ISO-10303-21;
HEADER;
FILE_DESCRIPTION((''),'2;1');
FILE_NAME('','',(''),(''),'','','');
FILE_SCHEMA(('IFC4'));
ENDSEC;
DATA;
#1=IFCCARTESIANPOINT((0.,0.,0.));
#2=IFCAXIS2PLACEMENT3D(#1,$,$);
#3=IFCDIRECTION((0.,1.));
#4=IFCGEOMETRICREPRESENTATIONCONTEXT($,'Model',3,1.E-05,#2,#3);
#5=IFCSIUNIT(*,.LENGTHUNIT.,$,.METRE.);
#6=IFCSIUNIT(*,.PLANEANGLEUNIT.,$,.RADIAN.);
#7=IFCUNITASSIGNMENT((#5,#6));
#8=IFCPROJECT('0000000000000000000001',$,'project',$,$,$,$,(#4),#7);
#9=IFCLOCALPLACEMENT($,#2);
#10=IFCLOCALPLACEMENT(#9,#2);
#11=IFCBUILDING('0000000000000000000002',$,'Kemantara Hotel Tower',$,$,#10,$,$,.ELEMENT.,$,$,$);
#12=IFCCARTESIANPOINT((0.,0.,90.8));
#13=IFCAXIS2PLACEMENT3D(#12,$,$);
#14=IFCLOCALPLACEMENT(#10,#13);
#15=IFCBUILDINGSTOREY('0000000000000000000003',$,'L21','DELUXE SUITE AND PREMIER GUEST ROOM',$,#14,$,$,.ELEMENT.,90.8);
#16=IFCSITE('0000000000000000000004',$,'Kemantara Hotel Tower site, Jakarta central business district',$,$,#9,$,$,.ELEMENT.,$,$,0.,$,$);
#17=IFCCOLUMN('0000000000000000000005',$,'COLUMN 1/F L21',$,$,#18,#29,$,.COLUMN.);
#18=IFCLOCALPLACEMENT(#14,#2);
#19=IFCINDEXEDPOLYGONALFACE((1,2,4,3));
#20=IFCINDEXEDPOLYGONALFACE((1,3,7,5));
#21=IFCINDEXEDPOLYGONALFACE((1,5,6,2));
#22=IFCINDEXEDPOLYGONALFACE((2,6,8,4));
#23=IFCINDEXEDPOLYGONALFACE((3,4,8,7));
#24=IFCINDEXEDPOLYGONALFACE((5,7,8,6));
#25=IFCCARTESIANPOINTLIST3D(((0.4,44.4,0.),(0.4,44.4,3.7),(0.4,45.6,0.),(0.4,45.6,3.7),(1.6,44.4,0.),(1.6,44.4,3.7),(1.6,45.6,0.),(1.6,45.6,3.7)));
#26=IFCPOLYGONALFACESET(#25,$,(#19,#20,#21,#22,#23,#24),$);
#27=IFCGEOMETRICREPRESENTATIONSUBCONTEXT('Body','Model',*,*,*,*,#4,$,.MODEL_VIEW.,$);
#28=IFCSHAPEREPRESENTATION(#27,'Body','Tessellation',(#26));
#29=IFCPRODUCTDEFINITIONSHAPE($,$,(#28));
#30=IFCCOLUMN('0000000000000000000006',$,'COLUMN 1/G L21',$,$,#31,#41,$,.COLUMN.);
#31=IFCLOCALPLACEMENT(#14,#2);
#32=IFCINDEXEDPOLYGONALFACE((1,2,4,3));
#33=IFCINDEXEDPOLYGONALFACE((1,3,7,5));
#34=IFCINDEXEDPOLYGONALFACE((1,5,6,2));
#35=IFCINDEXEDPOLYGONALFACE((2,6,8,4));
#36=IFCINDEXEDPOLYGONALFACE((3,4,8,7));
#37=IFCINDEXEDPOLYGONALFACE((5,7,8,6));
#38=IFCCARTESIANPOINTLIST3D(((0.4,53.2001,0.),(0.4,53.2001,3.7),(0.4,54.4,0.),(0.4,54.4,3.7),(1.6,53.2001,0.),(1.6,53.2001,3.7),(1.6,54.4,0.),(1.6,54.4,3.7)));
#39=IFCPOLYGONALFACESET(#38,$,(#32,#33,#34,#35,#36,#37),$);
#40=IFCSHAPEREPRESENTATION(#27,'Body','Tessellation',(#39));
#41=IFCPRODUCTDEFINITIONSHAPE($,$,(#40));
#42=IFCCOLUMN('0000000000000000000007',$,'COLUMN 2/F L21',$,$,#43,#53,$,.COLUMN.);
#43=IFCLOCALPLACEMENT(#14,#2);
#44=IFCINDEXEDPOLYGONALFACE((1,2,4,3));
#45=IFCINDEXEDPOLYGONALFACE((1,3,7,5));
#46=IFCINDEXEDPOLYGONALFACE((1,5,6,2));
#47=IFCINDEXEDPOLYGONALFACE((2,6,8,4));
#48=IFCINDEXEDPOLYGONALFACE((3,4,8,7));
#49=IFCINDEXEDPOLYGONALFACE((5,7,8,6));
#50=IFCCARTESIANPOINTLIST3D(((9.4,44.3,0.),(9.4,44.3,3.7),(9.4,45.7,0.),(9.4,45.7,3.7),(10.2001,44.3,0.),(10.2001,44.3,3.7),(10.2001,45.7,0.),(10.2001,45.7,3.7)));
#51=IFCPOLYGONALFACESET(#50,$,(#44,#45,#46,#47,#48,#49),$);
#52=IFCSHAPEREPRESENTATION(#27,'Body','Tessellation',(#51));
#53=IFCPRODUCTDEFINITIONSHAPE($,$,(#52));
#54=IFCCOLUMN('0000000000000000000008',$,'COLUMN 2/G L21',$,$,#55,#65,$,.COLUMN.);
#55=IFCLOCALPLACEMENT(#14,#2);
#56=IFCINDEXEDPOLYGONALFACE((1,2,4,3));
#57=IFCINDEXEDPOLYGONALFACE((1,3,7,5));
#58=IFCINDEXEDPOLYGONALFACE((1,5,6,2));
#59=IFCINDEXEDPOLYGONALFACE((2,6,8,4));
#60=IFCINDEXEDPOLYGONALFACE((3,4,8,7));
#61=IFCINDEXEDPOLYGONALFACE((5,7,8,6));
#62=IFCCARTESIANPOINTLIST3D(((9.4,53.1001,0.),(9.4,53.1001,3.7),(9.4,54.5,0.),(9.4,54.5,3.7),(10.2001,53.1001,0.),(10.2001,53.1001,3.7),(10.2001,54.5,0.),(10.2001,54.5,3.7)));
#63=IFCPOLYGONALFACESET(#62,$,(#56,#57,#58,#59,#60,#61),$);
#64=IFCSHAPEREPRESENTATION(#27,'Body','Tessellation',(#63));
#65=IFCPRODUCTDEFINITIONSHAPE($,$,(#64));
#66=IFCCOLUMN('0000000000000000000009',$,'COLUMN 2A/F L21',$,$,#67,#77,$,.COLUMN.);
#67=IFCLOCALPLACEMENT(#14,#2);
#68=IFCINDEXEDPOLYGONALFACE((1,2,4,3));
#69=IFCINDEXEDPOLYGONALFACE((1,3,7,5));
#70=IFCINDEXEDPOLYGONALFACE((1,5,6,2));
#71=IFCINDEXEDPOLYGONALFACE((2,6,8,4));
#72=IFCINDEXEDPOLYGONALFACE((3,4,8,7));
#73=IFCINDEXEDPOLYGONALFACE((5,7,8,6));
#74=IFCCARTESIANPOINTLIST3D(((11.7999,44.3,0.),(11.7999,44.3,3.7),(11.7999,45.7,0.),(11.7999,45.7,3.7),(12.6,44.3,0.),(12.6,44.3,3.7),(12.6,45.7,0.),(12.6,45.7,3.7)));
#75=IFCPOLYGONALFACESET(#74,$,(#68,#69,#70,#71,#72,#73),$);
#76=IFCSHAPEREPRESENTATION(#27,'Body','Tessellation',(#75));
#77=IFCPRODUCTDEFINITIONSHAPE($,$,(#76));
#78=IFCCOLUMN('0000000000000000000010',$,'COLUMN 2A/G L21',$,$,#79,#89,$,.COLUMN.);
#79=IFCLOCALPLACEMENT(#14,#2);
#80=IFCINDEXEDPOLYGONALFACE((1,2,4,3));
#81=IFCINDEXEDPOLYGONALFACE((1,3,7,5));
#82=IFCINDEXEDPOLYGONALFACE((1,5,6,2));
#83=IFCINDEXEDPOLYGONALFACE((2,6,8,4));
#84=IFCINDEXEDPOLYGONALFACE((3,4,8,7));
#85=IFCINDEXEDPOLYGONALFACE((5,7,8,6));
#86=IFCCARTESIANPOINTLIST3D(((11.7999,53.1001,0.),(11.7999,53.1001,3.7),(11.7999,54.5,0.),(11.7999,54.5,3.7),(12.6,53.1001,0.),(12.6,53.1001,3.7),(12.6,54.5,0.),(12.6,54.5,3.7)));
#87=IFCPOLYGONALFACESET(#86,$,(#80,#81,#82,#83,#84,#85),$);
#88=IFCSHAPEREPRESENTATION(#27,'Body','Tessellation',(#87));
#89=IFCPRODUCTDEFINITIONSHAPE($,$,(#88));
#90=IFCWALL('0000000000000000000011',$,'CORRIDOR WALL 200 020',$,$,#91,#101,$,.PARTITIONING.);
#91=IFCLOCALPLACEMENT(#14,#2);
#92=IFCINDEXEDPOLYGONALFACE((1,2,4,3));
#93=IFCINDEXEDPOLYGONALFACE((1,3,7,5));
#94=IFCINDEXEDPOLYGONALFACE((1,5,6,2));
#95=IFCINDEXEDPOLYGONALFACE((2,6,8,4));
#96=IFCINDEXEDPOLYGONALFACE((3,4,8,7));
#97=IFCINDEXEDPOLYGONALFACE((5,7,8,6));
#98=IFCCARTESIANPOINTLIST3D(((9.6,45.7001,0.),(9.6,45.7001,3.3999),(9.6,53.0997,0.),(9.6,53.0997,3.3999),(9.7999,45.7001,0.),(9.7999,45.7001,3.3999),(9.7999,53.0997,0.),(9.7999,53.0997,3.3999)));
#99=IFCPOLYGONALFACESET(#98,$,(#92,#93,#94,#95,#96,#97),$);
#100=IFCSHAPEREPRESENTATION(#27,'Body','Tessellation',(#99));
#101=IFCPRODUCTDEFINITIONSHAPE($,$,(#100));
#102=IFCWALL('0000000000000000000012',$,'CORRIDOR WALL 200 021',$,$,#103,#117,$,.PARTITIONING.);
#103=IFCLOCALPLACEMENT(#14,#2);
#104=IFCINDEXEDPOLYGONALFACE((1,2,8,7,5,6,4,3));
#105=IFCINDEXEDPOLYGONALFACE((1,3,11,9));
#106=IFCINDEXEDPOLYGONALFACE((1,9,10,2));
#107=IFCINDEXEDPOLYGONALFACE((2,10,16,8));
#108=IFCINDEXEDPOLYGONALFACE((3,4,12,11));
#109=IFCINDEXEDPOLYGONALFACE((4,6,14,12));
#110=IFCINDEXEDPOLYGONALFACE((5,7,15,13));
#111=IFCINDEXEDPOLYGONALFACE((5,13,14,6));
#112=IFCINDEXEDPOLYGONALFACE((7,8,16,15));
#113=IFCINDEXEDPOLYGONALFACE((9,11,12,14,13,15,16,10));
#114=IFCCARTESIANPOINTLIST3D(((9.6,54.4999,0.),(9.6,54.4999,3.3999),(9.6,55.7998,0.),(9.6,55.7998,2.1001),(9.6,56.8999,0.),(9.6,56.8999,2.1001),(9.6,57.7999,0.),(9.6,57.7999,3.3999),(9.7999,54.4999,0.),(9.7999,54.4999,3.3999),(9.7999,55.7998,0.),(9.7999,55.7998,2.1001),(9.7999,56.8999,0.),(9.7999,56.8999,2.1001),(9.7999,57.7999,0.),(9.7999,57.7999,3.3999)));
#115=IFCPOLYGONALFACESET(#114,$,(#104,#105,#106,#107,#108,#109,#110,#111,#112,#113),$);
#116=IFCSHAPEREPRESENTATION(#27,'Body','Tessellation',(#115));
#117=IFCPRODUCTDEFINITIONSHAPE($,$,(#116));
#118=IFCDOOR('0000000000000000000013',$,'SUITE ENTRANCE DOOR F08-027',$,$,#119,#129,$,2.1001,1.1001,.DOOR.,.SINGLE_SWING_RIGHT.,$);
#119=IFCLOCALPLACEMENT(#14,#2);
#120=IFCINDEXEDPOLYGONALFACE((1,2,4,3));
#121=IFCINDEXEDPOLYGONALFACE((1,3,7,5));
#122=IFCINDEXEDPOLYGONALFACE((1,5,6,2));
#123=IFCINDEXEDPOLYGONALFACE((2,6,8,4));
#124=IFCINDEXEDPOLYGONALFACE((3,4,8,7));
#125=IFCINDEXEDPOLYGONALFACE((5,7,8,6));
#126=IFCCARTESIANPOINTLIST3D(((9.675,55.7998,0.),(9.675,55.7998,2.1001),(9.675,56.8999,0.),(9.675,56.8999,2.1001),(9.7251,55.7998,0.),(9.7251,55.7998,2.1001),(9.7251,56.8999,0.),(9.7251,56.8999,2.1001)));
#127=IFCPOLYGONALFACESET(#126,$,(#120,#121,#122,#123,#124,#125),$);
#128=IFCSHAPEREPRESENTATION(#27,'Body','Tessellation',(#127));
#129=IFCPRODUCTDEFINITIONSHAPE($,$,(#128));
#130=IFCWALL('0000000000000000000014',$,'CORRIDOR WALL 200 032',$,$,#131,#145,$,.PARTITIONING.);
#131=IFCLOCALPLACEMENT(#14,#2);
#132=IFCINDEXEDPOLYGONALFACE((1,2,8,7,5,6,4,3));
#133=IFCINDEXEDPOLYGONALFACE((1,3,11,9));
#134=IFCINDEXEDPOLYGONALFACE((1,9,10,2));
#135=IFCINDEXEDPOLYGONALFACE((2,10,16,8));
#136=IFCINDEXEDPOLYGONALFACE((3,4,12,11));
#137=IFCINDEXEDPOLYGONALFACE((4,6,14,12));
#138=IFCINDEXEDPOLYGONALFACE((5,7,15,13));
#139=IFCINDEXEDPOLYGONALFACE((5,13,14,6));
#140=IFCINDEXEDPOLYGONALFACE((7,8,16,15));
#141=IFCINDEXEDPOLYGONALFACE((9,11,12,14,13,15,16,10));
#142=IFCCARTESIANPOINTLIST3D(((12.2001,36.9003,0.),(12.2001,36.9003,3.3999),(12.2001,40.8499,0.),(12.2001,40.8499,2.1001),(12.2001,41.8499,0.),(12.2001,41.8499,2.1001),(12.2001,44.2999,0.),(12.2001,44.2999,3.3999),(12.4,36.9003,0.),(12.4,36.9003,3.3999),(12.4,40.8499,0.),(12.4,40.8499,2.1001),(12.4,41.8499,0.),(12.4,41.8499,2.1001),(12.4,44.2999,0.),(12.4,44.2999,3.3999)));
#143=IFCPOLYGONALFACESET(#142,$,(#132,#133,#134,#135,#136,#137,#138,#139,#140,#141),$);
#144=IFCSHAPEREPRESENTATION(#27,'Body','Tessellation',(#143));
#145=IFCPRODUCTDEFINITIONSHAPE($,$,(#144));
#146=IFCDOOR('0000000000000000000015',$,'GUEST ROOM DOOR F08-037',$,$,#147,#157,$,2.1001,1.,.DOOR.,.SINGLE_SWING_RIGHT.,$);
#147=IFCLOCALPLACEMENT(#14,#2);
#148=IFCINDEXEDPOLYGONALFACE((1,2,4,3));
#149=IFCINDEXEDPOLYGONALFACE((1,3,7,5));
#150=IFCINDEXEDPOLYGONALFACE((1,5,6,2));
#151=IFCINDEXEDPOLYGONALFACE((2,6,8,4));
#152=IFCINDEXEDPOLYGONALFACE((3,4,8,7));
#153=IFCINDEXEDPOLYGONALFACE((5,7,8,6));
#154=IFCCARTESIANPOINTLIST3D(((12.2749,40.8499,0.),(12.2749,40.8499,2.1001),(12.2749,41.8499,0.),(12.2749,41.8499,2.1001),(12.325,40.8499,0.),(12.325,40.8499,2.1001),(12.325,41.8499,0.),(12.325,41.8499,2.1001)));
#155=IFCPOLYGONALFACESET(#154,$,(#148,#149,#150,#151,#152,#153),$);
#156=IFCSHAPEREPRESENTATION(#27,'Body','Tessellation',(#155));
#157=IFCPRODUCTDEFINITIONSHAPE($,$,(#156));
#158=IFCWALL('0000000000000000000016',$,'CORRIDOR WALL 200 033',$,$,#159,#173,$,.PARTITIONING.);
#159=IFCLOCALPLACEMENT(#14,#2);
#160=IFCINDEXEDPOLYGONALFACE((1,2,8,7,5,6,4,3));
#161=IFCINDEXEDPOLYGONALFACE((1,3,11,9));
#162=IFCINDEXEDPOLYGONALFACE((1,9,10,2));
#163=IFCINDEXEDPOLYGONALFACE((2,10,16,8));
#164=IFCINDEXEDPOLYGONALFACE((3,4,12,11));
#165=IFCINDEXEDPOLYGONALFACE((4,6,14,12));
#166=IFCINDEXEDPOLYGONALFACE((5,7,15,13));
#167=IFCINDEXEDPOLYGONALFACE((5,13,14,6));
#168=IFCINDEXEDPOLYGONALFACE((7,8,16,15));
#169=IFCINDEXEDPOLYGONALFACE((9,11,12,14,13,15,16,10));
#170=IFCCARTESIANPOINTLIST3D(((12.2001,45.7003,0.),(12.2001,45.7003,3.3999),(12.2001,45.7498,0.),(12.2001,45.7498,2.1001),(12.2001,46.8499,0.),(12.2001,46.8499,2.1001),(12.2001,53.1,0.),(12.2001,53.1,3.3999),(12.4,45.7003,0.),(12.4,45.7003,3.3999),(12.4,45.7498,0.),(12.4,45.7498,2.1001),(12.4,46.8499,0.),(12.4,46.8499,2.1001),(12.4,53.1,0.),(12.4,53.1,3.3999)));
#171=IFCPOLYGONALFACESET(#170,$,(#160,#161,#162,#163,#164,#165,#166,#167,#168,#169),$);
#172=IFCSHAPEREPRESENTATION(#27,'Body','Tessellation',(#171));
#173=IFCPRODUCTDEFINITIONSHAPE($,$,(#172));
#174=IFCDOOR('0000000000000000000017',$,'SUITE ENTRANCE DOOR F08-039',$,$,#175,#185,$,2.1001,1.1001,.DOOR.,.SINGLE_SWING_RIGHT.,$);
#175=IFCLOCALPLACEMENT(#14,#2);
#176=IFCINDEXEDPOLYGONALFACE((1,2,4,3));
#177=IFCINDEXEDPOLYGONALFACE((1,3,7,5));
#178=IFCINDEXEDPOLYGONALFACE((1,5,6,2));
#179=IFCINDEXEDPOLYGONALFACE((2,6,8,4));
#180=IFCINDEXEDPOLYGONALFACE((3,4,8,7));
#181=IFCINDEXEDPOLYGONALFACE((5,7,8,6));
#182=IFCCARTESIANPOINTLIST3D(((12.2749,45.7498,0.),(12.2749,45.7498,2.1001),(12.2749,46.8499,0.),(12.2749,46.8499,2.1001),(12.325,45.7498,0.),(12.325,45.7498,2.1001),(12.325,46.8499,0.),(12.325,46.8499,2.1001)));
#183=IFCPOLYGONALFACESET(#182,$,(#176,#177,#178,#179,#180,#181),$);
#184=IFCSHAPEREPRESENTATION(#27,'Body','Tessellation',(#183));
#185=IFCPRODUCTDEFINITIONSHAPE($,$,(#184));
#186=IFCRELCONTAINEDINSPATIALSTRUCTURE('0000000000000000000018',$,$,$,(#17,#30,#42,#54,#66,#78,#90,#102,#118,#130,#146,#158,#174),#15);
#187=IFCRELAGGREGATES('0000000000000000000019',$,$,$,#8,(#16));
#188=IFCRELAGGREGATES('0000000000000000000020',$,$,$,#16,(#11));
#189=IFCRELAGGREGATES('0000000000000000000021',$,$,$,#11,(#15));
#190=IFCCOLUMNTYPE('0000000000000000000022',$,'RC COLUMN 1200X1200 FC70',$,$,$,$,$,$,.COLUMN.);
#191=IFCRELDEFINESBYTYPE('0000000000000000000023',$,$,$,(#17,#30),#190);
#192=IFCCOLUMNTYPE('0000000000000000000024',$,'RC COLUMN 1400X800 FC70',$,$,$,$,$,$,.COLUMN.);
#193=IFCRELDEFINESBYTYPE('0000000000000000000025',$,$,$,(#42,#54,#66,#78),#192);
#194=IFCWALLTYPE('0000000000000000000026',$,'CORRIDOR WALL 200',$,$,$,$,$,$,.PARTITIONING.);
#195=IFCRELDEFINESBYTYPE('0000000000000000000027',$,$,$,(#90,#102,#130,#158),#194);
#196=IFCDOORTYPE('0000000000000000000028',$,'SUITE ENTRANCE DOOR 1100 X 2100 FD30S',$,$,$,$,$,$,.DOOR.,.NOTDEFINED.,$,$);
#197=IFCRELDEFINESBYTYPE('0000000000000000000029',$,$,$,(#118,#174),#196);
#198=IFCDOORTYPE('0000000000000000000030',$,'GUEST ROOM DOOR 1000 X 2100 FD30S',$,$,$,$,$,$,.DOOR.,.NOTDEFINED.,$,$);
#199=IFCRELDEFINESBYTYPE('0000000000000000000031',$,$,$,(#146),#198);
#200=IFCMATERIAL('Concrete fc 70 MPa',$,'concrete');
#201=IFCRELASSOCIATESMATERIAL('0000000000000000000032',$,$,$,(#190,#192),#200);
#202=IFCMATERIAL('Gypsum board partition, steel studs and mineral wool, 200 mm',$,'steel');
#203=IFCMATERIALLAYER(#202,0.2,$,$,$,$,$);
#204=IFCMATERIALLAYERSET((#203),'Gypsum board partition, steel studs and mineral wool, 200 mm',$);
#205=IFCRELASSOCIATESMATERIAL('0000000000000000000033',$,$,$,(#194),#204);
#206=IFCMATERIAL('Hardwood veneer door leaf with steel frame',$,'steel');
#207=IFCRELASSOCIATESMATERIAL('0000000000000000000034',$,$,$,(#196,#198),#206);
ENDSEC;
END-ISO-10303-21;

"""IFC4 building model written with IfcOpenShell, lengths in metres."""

from ifc_helpers import new_model, si_unit, direction, frame, frame_2d, origin, origin_2d, place, context, subcontext, project, spatial, rectangle, extrude, material, layer, layer_set, material_profile, profile_set, type_object, element, fill, save


model = new_model("IFC4")

# Units and contexts
model_context = context("Model", 3, precision=1e-05, world=origin(), true_north=direction((0.0, 1.0)))
body_context = subcontext(model_context, "Body", "Model", "MODEL_VIEW")
ifc_project = project(units=[si_unit("LENGTHUNIT", "METRE"), si_unit("PLANEANGLEUNIT", "RADIAN")], contexts=[model_context])

# Site, building, storey
site_placement = place(None, origin())
site = spatial("IfcSite", under=ifc_project, at=site_placement, Name="Kemantara Hotel Tower site, Jakarta central business district", CompositionType="ELEMENT", RefElevation=0.0)
building_placement = place(site_placement, origin())
building = spatial("IfcBuilding", under=site, at=building_placement, Name="Kemantara Hotel Tower", CompositionType="ELEMENT")
storey_placement = place(building_placement, frame((0.0, 0.0, 90.8)))
storey = spatial("IfcBuildingStorey", under=building, at=storey_placement, Name="L21", Description="DELUXE SUITE AND PREMIER GUEST ROOM", CompositionType="ELEMENT", Elevation=90.8)

# Columns
ifc_material_1 = material(Name="Concrete fc 70 MPa", Category="concrete")
ifc_material_profile_1 = material_profile(ifc_material_1, rectangle(XDim=1.2, YDim=1.2, at=origin_2d()), Name="RC 1200X1200")
ifc_profile_set_1 = profile_set([ifc_material_profile_1], Name="Concrete fc 70 MPa")
column_type_1 = type_object("IfcColumnType", Name="RC COLUMN 1200X1200 FC70", PredefinedType="COLUMN", material=ifc_profile_set_1)
for number, where, z_axis, x_axis, name in (
    (1, (1.0, 45.0, 0.0), (0.0, 0.0, 1.0), (1.0, 0.0, 0.0), "COLUMN 1/F L21"),
    (2, (1.0, 53.8, 0.0), (0.0, 0.0, 1.0), (1.0, 0.0, 0.0), "COLUMN 1/G L21"),
):
    element("IfcColumn", number, at=place(storey_placement, frame(where, z_axis=z_axis, x_axis=x_axis)), inside=storey, type_object=column_type_1, Name=name, PredefinedType="COLUMN", context=body_context, shape_type="SweptSolid", body=[
        extrude(rectangle(XDim=1.2, YDim=1.2, at=origin_2d()), origin(), (0.0, 0.0, 1.0), 3.7),
    ])
ifc_material_profile_2 = material_profile(ifc_material_1, rectangle(XDim=1.3999, YDim=0.8, at=origin_2d()), Name="RC 1400X800")
ifc_profile_set_2 = profile_set([ifc_material_profile_2], Name="Concrete fc 70 MPa")
column_type_2 = type_object("IfcColumnType", Name="RC COLUMN 1400X800 FC70", PredefinedType="COLUMN", material=ifc_profile_set_2)
for number, where, z_axis, x_axis, name in (
    (3, (9.8, 45.0, 0.0), (0.0, 0.0, 1.0), (0.0, 1.0, 0.0), "COLUMN 2/F L21"),
    (4, (9.8, 53.8, 0.0), (0.0, 0.0, 1.0), (0.0, 1.0, 0.0), "COLUMN 2/G L21"),
    (5, (12.2, 45.0, 0.0), (0.0, 0.0, 1.0), (0.0, 1.0, 0.0), "COLUMN 2A/F L21"),
    (6, (12.2, 53.8, 0.0), (0.0, 0.0, 1.0), (0.0, 1.0, 0.0), "COLUMN 2A/G L21"),
):
    element("IfcColumn", number, at=place(storey_placement, frame(where, z_axis=z_axis, x_axis=x_axis)), inside=storey, type_object=column_type_2, Name=name, PredefinedType="COLUMN", context=body_context, shape_type="SweptSolid", body=[
        extrude(rectangle(XDim=1.3999, YDim=0.8, at=origin_2d()), origin(), (0.0, 0.0, 1.0), 3.7),
    ])

# Wall
ifc_material_2 = material(Name="Gypsum board partition, steel studs and mineral wool, 200 mm", Category="steel")
ifc_layer_1 = layer(ifc_material_2, 0.2)
ifc_layer_set_1 = layer_set([ifc_layer_1], Name="Gypsum board partition, steel studs and mineral wool, 200 mm")
wall_type_1 = type_object("IfcWallType", Name="CORRIDOR WALL 200", PredefinedType="PARTITIONING", material=ifc_layer_set_1)
wall_1_placement = place(storey_placement, frame((9.7, 45.7002, 0.0), z_axis=(0.0, 0.0, 1.0), x_axis=(0.0, 1.0, 0.0)))
element("IfcWall", 7, at=wall_1_placement, inside=storey, type_object=wall_type_1, Name="CORRIDOR WALL 200 020", PredefinedType="PARTITIONING", context=body_context, shape_type="SweptSolid", body=[
    extrude(rectangle(XDim=7.3997, YDim=0.2, at=frame_2d((3.6997, 0.0))), origin(), (0.0, 0.0, 1.0), 3.3999),
])

# Walls, openings, doors
wall_2_placement = place(storey_placement, frame((9.7, 54.5, 0.0), z_axis=(0.0, 0.0, 1.0), x_axis=(0.0, 1.0, 0.0)))
wall_2 = element("IfcWall", 8, at=wall_2_placement, inside=storey, type_object=wall_type_1, Name="CORRIDOR WALL 200 021", PredefinedType="PARTITIONING", context=body_context, shape_type="SweptSolid", body=[
    extrude(rectangle(XDim=3.3, YDim=0.2, at=frame_2d((1.6499, 0.0))), origin(), (0.0, 0.0, 1.0), 3.3999),
])
opening_1_placement = place(wall_2_placement, frame((1.2998, 0.0, 0.0)))
opening_1 = element("IfcOpeningElement", 9, at=opening_1_placement, cuts=wall_2, PredefinedType="OPENING", context=body_context, shape_type="SweptSolid", body=[
    extrude(rectangle(XDim=1.1001, YDim=2.1001, at=frame_2d((0.55, 1.05))), frame((0.0, 0.1099, 0.0), z_axis=(0.0, -1.0, 0.0), x_axis=(1.0, 0.0, 0.0)), (0.0, 0.0, 1.0), 0.22),
])
ifc_material_3 = material(Name="Hardwood veneer door leaf with steel frame", Category="steel")
door_type_1 = type_object("IfcDoorType", Name="SUITE ENTRANCE DOOR 1100 X 2100 FD30S", OperationType="NOTDEFINED", PredefinedType="DOOR", material=ifc_material_3)
door_1_placement = place(opening_1_placement, origin())
door_1 = element("IfcDoor", 10, at=door_1_placement, inside=storey, type_object=door_type_1, Name="SUITE ENTRANCE DOOR F08-027", OperationType="SINGLE_SWING_RIGHT", OverallHeight=2.1001, OverallWidth=1.1001, PredefinedType="DOOR", context=body_context, shape_type="SweptSolid", body=[
    extrude(rectangle(XDim=1.1001, YDim=2.1001, at=frame_2d((0.55, 1.05))), frame((0.0, 0.0249, 0.0), z_axis=(0.0, -1.0, 0.0), x_axis=(1.0, 0.0, 0.0)), (0.0, 0.0, 1.0), 0.05),
])
fill(opening_1, door_1)
wall_3_placement = place(storey_placement, frame((12.3, 44.2998, 0.0), z_axis=(0.0, 0.0, 1.0), x_axis=(0.0, -1.0, 0.0)))
wall_3 = element("IfcWall", 11, at=wall_3_placement, inside=storey, type_object=wall_type_1, Name="CORRIDOR WALL 200 032", PredefinedType="PARTITIONING", context=body_context, shape_type="SweptSolid", body=[
    extrude(rectangle(XDim=7.3997, YDim=0.2, at=frame_2d((3.6997, 0.0))), origin(), (0.0, 0.0, 1.0), 3.3999),
])
opening_2_placement = place(wall_3_placement, frame((2.45, 0.0, 0.0)))
opening_2 = element("IfcOpeningElement", 12, at=opening_2_placement, cuts=wall_3, PredefinedType="OPENING", context=body_context, shape_type="SweptSolid", body=[
    extrude(rectangle(XDim=1.0, YDim=2.1001, at=frame_2d((0.5, 1.05))), frame((0.0, 0.1099, 0.0), z_axis=(0.0, -1.0, 0.0), x_axis=(1.0, 0.0, 0.0)), (0.0, 0.0, 1.0), 0.22),
])
door_type_2 = type_object("IfcDoorType", Name="GUEST ROOM DOOR 1000 X 2100 FD30S", OperationType="NOTDEFINED", PredefinedType="DOOR", material=ifc_material_3)
door_2_placement = place(opening_2_placement, origin())
door_2 = element("IfcDoor", 13, at=door_2_placement, inside=storey, type_object=door_type_2, Name="GUEST ROOM DOOR F08-037", OperationType="SINGLE_SWING_RIGHT", OverallHeight=2.1001, OverallWidth=1.0, PredefinedType="DOOR", context=body_context, shape_type="SweptSolid", body=[
    extrude(rectangle(XDim=1.0, YDim=2.1001, at=frame_2d((0.5, 1.05))), frame((0.0, 0.0249, 0.0), z_axis=(0.0, -1.0, 0.0), x_axis=(1.0, 0.0, 0.0)), (0.0, 0.0, 1.0), 0.05),
])
fill(opening_2, door_2)
wall_4_placement = place(storey_placement, frame((12.3, 53.0999, 0.0), z_axis=(0.0, 0.0, 1.0), x_axis=(0.0, -1.0, 0.0)))
wall_4 = element("IfcWall", 14, at=wall_4_placement, inside=storey, type_object=wall_type_1, Name="CORRIDOR WALL 200 033", PredefinedType="PARTITIONING", context=body_context, shape_type="SweptSolid", body=[
    extrude(rectangle(XDim=7.3997, YDim=0.2, at=frame_2d((3.6997, 0.0))), origin(), (0.0, 0.0, 1.0), 3.3999),
])
opening_3_placement = place(wall_4_placement, frame((6.25, 0.0, 0.0)))
opening_3 = element("IfcOpeningElement", 15, at=opening_3_placement, cuts=wall_4, PredefinedType="OPENING", context=body_context, shape_type="SweptSolid", body=[
    extrude(rectangle(XDim=1.1001, YDim=2.1001, at=frame_2d((0.55, 1.05))), frame((0.0, 0.1099, 0.0), z_axis=(0.0, -1.0, 0.0), x_axis=(1.0, 0.0, 0.0)), (0.0, 0.0, 1.0), 0.22),
])
door_3_placement = place(opening_3_placement, origin())
door_3 = element("IfcDoor", 16, at=door_3_placement, inside=storey, type_object=door_type_1, Name="SUITE ENTRANCE DOOR F08-039", OperationType="SINGLE_SWING_RIGHT", OverallHeight=2.1001, OverallWidth=1.1001, PredefinedType="DOOR", context=body_context, shape_type="SweptSolid", body=[
    extrude(rectangle(XDim=1.1001, YDim=2.1001, at=frame_2d((0.55, 1.05))), frame((0.0, 0.0249, 0.0), z_axis=(0.0, -1.0, 0.0), x_axis=(1.0, 0.0, 0.0)), (0.0, 0.0, 1.0), 0.05),
])
fill(opening_3, door_3)

save(model, "model.ifc")
